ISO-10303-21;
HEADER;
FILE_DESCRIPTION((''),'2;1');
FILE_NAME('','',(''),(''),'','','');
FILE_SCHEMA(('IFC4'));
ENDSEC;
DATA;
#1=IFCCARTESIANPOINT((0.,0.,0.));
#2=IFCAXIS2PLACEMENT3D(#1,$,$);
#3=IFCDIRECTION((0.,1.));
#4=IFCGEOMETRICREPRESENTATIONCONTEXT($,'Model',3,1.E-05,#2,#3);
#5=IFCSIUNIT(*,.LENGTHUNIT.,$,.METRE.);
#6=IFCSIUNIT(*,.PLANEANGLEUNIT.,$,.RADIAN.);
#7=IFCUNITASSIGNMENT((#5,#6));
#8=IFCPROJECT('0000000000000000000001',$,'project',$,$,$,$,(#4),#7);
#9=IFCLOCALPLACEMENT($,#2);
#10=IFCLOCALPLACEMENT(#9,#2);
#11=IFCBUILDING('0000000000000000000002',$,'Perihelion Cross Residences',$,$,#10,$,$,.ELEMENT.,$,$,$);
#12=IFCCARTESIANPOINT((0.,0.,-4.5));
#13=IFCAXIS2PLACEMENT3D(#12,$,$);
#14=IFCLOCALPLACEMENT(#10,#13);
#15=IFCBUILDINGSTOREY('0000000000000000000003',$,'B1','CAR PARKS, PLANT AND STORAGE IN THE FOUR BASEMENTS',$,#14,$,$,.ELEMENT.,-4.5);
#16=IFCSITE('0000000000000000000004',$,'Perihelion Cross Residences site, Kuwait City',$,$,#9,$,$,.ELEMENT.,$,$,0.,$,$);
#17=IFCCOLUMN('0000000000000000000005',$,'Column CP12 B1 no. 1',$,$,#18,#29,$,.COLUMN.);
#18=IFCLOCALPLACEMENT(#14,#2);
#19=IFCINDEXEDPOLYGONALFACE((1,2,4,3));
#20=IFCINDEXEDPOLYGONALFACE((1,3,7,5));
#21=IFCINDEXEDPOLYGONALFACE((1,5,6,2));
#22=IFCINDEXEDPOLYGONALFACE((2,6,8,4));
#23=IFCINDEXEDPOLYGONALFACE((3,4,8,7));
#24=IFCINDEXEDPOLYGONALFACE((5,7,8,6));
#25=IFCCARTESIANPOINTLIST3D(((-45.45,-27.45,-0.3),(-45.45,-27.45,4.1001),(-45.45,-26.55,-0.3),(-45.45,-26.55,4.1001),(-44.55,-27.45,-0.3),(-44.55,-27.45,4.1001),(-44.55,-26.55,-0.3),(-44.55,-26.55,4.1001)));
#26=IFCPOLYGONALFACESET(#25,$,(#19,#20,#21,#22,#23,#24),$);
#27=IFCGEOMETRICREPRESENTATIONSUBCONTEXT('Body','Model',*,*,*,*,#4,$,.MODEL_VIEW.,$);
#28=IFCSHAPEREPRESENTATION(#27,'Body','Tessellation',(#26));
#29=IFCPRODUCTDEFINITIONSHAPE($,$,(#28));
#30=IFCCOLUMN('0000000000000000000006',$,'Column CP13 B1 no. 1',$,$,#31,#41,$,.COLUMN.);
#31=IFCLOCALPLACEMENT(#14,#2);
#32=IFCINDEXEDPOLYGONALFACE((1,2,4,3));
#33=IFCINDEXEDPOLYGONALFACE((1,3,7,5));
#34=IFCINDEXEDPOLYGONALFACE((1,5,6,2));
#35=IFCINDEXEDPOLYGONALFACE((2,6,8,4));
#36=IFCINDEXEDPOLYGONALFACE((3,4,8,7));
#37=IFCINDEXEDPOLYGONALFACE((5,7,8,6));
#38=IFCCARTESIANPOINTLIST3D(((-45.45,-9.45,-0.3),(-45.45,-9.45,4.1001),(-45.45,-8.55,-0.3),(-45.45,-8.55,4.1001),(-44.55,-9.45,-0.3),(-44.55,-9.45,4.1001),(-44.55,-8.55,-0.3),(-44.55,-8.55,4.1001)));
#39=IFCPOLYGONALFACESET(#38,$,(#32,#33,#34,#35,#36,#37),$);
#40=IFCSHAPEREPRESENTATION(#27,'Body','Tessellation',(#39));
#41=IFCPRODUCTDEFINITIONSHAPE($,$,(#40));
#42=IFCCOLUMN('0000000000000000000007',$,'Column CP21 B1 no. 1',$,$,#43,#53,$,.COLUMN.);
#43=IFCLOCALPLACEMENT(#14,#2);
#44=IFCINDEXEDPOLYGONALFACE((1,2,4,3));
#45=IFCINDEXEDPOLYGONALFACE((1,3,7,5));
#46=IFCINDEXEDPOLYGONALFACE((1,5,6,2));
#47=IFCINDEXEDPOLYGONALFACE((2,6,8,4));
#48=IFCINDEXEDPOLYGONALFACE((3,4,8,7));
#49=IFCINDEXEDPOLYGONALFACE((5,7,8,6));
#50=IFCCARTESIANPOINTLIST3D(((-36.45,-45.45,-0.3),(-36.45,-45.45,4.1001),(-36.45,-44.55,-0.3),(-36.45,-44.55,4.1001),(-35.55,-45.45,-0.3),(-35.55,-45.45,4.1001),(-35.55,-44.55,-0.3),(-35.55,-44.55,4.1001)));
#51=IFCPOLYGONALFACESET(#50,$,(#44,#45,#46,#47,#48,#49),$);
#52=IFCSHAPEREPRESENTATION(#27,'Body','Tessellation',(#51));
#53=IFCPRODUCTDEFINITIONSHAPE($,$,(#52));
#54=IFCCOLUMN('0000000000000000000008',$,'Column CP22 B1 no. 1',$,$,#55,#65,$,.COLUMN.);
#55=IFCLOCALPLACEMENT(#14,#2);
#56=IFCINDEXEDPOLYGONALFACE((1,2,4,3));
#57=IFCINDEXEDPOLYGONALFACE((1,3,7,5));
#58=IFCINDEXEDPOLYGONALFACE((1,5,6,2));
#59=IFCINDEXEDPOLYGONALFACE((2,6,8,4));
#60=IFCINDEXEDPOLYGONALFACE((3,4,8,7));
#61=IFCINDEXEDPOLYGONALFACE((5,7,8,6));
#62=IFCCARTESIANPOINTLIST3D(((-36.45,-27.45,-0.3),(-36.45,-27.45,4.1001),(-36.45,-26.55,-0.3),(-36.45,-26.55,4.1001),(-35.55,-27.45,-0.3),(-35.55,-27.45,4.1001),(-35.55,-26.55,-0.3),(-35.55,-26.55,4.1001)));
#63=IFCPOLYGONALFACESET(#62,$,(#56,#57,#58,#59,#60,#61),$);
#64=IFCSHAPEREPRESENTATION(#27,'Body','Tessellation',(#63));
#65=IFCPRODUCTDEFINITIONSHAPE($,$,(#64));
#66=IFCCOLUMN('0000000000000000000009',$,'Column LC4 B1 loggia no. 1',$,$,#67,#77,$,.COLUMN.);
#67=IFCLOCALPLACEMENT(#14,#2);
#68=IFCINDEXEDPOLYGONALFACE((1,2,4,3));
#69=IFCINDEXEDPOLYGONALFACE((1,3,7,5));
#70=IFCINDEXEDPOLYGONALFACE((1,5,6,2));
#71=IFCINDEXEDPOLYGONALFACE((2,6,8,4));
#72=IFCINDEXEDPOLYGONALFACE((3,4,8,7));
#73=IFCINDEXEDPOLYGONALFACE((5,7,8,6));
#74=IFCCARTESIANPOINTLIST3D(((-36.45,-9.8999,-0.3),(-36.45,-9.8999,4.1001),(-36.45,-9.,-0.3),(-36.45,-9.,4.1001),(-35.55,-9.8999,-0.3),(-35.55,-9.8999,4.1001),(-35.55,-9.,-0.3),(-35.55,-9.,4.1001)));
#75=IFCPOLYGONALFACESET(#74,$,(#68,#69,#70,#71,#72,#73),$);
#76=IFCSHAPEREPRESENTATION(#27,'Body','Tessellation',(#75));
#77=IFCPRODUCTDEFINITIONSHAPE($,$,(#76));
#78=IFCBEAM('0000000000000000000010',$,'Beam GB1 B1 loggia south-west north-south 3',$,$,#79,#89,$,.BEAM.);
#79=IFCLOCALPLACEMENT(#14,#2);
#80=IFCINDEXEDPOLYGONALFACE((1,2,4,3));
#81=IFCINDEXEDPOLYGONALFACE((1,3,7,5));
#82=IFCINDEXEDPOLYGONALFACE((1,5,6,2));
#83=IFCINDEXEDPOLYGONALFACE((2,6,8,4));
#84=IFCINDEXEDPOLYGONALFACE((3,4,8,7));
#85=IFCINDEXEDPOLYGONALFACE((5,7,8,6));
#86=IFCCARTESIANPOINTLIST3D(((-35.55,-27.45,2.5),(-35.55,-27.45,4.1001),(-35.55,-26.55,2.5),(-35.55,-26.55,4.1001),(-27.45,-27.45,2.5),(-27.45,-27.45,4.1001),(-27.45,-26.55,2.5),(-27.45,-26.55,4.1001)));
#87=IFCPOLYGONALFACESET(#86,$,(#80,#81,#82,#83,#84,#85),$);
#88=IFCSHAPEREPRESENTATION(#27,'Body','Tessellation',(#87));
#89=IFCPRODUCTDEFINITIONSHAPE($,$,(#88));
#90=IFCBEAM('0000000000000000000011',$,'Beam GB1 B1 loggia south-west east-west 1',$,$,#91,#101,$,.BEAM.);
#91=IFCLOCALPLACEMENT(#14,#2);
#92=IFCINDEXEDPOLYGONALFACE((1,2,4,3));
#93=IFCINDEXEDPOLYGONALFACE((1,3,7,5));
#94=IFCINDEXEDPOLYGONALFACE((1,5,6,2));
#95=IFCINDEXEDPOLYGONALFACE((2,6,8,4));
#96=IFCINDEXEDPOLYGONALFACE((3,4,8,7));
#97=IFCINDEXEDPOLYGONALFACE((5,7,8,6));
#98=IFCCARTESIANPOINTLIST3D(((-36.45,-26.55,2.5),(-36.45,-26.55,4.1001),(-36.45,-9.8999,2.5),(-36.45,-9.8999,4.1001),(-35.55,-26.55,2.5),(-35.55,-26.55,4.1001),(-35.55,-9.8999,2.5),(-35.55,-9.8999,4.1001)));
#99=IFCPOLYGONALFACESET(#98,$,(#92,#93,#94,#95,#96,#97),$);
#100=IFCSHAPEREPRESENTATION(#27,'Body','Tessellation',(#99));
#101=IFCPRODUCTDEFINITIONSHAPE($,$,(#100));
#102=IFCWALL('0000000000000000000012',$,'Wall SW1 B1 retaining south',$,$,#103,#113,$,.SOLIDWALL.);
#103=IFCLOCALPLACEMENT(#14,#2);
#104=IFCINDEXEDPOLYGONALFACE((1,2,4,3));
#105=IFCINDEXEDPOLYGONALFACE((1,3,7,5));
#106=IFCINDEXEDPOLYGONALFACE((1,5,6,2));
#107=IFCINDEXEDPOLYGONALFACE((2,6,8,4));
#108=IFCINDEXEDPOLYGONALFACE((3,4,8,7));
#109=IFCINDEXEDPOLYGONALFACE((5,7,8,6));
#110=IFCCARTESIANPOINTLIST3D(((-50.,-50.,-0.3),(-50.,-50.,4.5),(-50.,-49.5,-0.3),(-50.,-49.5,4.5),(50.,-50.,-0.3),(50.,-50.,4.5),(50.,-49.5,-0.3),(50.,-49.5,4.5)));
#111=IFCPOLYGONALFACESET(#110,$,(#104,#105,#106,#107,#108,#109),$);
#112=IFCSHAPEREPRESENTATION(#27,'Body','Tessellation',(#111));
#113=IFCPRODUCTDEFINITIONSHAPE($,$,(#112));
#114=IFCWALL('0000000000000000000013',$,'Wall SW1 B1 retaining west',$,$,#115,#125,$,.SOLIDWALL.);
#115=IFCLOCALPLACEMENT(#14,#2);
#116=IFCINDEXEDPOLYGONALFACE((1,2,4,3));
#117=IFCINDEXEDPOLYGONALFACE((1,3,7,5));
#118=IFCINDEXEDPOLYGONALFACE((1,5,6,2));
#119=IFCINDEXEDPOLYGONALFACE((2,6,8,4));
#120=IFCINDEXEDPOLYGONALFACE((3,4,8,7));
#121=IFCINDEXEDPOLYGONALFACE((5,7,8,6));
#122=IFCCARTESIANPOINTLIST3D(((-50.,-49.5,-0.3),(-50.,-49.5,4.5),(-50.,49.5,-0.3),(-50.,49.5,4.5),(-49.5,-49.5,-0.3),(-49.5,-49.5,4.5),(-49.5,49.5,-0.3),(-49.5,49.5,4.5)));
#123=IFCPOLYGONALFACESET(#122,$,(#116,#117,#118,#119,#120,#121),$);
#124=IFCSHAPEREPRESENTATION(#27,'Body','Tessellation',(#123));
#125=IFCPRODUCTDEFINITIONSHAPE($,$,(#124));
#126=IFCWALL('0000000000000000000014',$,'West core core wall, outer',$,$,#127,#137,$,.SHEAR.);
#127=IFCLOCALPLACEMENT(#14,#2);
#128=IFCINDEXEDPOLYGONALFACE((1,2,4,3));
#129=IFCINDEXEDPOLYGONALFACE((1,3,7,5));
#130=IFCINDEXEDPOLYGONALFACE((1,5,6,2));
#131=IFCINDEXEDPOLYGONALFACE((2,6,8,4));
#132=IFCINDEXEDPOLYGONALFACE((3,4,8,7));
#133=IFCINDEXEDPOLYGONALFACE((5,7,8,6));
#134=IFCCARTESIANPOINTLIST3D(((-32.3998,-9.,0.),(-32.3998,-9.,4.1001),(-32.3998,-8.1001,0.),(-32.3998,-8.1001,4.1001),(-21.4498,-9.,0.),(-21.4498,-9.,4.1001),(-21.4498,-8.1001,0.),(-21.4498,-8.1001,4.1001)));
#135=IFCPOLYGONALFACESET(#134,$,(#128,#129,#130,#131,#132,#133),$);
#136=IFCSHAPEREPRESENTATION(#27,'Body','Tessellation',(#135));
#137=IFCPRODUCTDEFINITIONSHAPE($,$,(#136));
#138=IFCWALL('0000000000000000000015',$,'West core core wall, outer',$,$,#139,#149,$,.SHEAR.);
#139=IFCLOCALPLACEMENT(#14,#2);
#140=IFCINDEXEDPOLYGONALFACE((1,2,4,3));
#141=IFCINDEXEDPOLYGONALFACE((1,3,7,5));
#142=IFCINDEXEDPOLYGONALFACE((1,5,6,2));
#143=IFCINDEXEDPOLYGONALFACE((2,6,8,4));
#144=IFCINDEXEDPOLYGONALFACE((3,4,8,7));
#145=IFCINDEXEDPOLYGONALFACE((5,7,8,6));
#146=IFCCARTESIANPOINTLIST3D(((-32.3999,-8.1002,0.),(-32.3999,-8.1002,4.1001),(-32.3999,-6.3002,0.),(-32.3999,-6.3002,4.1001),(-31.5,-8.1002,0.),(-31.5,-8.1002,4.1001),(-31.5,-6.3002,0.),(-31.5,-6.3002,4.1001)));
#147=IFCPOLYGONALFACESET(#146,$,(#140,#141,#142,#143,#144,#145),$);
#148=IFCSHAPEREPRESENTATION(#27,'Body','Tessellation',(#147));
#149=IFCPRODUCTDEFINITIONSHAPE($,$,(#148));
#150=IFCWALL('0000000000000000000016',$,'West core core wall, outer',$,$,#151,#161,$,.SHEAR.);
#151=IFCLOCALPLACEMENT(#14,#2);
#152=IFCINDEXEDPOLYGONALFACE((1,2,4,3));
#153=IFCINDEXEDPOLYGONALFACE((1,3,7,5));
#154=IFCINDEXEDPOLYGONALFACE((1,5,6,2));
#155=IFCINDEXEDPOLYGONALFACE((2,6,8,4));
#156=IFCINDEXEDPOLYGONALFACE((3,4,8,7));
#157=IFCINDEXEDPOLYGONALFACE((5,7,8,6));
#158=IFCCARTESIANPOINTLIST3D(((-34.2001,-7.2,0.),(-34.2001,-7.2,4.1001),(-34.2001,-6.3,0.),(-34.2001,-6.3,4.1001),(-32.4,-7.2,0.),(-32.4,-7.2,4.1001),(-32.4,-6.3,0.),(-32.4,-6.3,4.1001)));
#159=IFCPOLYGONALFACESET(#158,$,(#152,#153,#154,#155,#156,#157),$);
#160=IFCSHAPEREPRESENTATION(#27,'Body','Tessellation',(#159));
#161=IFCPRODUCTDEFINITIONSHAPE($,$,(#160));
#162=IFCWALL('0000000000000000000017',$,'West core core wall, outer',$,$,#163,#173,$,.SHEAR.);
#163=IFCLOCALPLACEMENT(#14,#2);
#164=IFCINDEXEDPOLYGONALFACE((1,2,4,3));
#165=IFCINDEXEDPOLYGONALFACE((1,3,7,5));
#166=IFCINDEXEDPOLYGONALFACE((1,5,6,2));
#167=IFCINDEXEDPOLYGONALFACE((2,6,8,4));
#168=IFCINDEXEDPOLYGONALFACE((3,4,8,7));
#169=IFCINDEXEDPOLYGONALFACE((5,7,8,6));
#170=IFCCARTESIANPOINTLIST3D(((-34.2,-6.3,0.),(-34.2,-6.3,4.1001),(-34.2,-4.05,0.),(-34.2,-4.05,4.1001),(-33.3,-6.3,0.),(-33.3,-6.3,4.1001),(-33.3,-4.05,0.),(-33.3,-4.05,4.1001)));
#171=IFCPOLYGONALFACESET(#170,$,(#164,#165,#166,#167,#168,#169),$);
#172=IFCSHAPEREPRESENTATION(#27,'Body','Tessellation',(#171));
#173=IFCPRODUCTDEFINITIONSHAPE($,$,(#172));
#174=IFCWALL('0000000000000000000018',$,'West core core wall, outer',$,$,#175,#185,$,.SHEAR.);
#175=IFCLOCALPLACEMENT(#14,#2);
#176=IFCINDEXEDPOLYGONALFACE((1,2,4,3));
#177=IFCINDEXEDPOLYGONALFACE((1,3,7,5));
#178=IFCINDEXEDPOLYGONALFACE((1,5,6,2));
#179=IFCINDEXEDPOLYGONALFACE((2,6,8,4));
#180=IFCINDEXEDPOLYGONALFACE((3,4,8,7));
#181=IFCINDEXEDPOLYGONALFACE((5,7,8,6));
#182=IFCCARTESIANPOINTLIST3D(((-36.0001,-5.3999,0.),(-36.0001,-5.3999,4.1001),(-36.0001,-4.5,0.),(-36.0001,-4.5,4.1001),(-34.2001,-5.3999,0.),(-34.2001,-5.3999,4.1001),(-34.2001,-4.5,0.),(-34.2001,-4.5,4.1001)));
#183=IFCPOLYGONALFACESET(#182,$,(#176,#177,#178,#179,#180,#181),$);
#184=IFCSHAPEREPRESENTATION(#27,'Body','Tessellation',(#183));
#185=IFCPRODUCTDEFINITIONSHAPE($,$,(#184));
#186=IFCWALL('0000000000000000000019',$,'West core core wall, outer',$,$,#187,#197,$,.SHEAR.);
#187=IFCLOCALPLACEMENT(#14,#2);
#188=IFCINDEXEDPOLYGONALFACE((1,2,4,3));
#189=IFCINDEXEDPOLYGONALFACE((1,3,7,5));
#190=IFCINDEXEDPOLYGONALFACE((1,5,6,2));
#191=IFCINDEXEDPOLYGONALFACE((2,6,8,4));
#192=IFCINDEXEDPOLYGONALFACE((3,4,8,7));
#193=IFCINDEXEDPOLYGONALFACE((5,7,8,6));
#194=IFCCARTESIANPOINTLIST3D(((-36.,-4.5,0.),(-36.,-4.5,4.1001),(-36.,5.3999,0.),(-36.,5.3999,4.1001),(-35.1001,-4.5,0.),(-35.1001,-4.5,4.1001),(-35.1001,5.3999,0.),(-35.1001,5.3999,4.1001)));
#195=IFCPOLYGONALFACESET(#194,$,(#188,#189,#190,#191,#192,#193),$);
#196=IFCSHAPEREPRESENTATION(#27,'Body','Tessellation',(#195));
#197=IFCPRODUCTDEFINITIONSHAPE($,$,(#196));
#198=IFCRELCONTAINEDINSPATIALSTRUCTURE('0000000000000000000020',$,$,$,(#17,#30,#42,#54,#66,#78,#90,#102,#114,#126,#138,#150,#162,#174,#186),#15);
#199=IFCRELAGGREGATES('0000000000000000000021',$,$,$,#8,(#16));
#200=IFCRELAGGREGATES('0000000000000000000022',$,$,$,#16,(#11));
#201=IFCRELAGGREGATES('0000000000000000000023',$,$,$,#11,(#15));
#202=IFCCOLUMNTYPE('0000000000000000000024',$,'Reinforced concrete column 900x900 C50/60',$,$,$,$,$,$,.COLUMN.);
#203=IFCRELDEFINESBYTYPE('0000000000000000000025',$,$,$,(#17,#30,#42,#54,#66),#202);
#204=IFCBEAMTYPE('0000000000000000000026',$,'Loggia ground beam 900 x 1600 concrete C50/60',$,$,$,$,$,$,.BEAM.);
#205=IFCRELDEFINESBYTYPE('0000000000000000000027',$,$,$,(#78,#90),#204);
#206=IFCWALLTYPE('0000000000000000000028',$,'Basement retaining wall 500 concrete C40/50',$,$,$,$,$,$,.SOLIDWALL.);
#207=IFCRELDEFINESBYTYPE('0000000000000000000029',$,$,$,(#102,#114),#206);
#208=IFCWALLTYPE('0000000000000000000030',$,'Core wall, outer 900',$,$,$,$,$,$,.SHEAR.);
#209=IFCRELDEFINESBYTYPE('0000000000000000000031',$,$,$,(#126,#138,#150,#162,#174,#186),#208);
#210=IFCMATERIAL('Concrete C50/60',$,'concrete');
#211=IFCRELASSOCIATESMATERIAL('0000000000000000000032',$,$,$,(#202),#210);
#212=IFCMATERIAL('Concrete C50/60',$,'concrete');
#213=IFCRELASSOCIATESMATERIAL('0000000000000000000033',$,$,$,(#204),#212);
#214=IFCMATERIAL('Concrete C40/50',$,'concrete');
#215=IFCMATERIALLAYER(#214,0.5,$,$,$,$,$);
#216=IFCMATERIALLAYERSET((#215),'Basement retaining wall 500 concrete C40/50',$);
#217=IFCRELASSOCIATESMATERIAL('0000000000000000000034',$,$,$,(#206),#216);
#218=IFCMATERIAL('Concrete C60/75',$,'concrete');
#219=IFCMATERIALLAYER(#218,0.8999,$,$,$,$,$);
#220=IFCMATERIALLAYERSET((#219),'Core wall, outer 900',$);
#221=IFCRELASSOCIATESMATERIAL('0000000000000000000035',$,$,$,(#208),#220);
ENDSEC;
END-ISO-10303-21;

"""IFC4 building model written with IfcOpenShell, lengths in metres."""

from ifc_helpers import new_model, si_unit, direction, frame, frame_2d, origin, origin_2d, place, context, subcontext, project, spatial, rectangle, extrude, material, layer, layer_set, material_profile, profile_set, type_object, element, save


model = new_model("IFC4")

# Units and contexts
model_context = context("Model", 3, precision=1e-05, world=origin(), true_north=direction((0.0, 1.0)))
body_context = subcontext(model_context, "Body", "Model", "MODEL_VIEW")
ifc_project = project(units=[si_unit("LENGTHUNIT", "METRE"), si_unit("PLANEANGLEUNIT", "RADIAN")], contexts=[model_context])

# Site, building, storey
site_placement = place(None, origin())
site = spatial("IfcSite", under=ifc_project, at=site_placement, Name="Perihelion Cross Residences site, Kuwait City", CompositionType="ELEMENT", RefElevation=0.0)
building_placement = place(site_placement, origin())
building = spatial("IfcBuilding", under=site, at=building_placement, Name="Perihelion Cross Residences", CompositionType="ELEMENT")
storey_placement = place(building_placement, frame((0.0, 0.0, -4.5)))
storey = spatial("IfcBuildingStorey", under=building, at=storey_placement, Name="B1", Description="CAR PARKS, PLANT AND STORAGE IN THE FOUR BASEMENTS", CompositionType="ELEMENT", Elevation=-4.5)

# Columns
ifc_material_1 = material(Name="Concrete C50/60", Category="concrete")
ifc_material_profile_1 = material_profile(ifc_material_1, rectangle(XDim=0.8999, YDim=0.8999, at=origin_2d()), Name="RC 900x900")
ifc_profile_set_1 = profile_set([ifc_material_profile_1], Name="Concrete C50/60")
column_type = type_object("IfcColumnType", Name="Reinforced concrete column 900x900 C50/60", PredefinedType="COLUMN", material=ifc_profile_set_1)
for number, where, z_axis, x_axis, name in (
    (1, (-45.0, -27.0, -0.3), (0.0, 0.0, 1.0), (1.0, 0.0, 0.0), "Column CP12 B1 no. 1"),
    (2, (-45.0, -9.0, -0.3), (0.0, 0.0, 1.0), (1.0, 0.0, 0.0), "Column CP13 B1 no. 1"),
    (3, (-36.0, -45.0, -0.3), (0.0, 0.0, 1.0), (1.0, 0.0, 0.0), "Column CP21 B1 no. 1"),
    (4, (-36.0, -27.0, -0.3), (0.0, 0.0, 1.0), (1.0, 0.0, 0.0), "Column CP22 B1 no. 1"),
    (5, (-36.0, -9.45, -0.3), (0.0, 0.0, 1.0), (1.0, 0.0, 0.0), "Column LC4 B1 loggia no. 1"),
):
    element("IfcColumn", number, at=place(storey_placement, frame(where, z_axis=z_axis, x_axis=x_axis)), inside=storey, type_object=column_type, Name=name, PredefinedType="COLUMN", context=body_context, shape_type="SweptSolid", body=[
        extrude(rectangle(XDim=0.8999, YDim=0.8999, at=origin_2d()), origin(), (0.0, 0.0, 1.0), 4.4001),
    ])

# Beams
ifc_material_2 = material(Name="Concrete C50/60", Category="concrete")
ifc_material_profile_2 = material_profile(ifc_material_2, rectangle(XDim=0.8999, YDim=1.6001, at=origin_2d()), Name="RC 900x1600")
ifc_profile_set_2 = profile_set([ifc_material_profile_2], Name="Concrete C50/60")
beam_type = type_object("IfcBeamType", Name="Loggia ground beam 900 x 1600 concrete C50/60", PredefinedType="BEAM", material=ifc_profile_set_2)
beam_1_placement = place(storey_placement, frame((-27.45, -27.0, 3.3), z_axis=(-1.0, 0.0, 0.0), x_axis=(0.0, -1.0, 0.0)))
element("IfcBeam", 6, at=beam_1_placement, inside=storey, type_object=beam_type, Name="Beam GB1 B1 loggia south-west north-south 3", PredefinedType="BEAM", context=body_context, shape_type="SweptSolid", body=[
    extrude(rectangle(XDim=0.8999, YDim=1.6001, at=origin_2d()), origin(), (0.0, 0.0, 1.0), 8.1001),
])
beam_2_placement = place(storey_placement, frame((-36.0, -9.8999, 3.3), z_axis=(0.0, -1.0, 0.0), x_axis=(1.0, 0.0, 0.0)))
element("IfcBeam", 7, at=beam_2_placement, inside=storey, type_object=beam_type, Name="Beam GB1 B1 loggia south-west east-west 1", PredefinedType="BEAM", context=body_context, shape_type="SweptSolid", body=[
    extrude(rectangle(XDim=0.8999, YDim=1.6001, at=origin_2d()), origin(), (0.0, 0.0, 1.0), 16.6501),
])

# Walls
ifc_material_3 = material(Name="Concrete C40/50", Category="concrete")
ifc_layer_1 = layer(ifc_material_3, 0.5)
ifc_layer_set_1 = layer_set([ifc_layer_1], Name="Basement retaining wall 500 concrete C40/50")
wall_type_1 = type_object("IfcWallType", Name="Basement retaining wall 500 concrete C40/50", PredefinedType="SOLIDWALL", material=ifc_layer_set_1)
wall_1_placement = place(storey_placement, frame((-50.0, -49.75, -0.3), z_axis=(0.0, 0.0, 1.0), x_axis=(1.0, 0.0, 0.0)))
element("IfcWall", 8, at=wall_1_placement, inside=storey, type_object=wall_type_1, Name="Wall SW1 B1 retaining south", PredefinedType="SOLIDWALL", context=body_context, shape_type="SweptSolid", body=[
    extrude(rectangle(XDim=100.0, YDim=0.5, at=frame_2d((50.0, 0.0))), origin(), (0.0, 0.0, 1.0), 4.8),
])
wall_2_placement = place(storey_placement, frame((-49.75, -49.5, -0.3), z_axis=(0.0, 0.0, 1.0), x_axis=(0.0, 1.0, 0.0)))
element("IfcWall", 9, at=wall_2_placement, inside=storey, type_object=wall_type_1, Name="Wall SW1 B1 retaining west", PredefinedType="SOLIDWALL", context=body_context, shape_type="SweptSolid", body=[
    extrude(rectangle(XDim=99.0, YDim=0.5, at=frame_2d((49.5, 0.0))), origin(), (0.0, 0.0, 1.0), 4.8),
])
ifc_material_4 = material(Name="Concrete C60/75", Category="concrete")
ifc_layer_2 = layer(ifc_material_4, 0.8999)
ifc_layer_set_2 = layer_set([ifc_layer_2], Name="Core wall, outer 900")
wall_type_2 = type_object("IfcWallType", Name="Core wall, outer 900", PredefinedType="SHEAR", material=ifc_layer_set_2)
wall_3_placement = place(storey_placement, frame((-32.3999, -8.55, 0.0), z_axis=(0.0, 0.0, 1.0), x_axis=(1.0, 0.0, 0.0)))
element("IfcWall", 10, at=wall_3_placement, inside=storey, type_object=wall_type_2, Name="West core core wall, outer", PredefinedType="SHEAR", context=body_context, shape_type="SweptSolid", body=[
    extrude(rectangle(XDim=10.95, YDim=0.8999, at=frame_2d((5.4751, 0.0))), origin(), (0.0, 0.0, 1.0), 4.1001),
])
for number, where, z_axis, x_axis, name in (
    (11, (-31.95, -8.1001, 0.0), (0.0, 0.0, 1.0), (0.0, 1.0, 0.0), "West core core wall, outer"),
    (12, (-34.2, -6.75, 0.0), (0.0, 0.0, 1.0), (1.0, 0.0, 0.0), "West core core wall, outer"),
):
    element("IfcWall", number, at=place(storey_placement, frame(where, z_axis=z_axis, x_axis=x_axis)), inside=storey, type_object=wall_type_2, Name=name, PredefinedType="SHEAR", context=body_context, shape_type="SweptSolid", body=[
        extrude(rectangle(XDim=1.8, YDim=0.8999, at=frame_2d((0.8999, 0.0))), origin(), (0.0, 0.0, 1.0), 4.1001),
    ])
wall_4_placement = place(storey_placement, frame((-33.75, -6.3, 0.0), z_axis=(0.0, 0.0, 1.0), x_axis=(0.0, 1.0, 0.0)))
element("IfcWall", 13, at=wall_4_placement, inside=storey, type_object=wall_type_2, Name="West core core wall, outer", PredefinedType="SHEAR", context=body_context, shape_type="SweptSolid", body=[
    extrude(rectangle(XDim=2.25, YDim=0.8999, at=frame_2d((1.125, 0.0))), origin(), (0.0, 0.0, 1.0), 4.1001),
])
wall_5_placement = place(storey_placement, frame((-36.0, -4.95, 0.0), z_axis=(0.0, 0.0, 1.0), x_axis=(1.0, 0.0, 0.0)))
element("IfcWall", 14, at=wall_5_placement, inside=storey, type_object=wall_type_2, Name="West core core wall, outer", PredefinedType="SHEAR", context=body_context, shape_type="SweptSolid", body=[
    extrude(rectangle(XDim=1.8, YDim=0.8999, at=frame_2d((0.8999, 0.0))), origin(), (0.0, 0.0, 1.0), 4.1001),
])
wall_6_placement = place(storey_placement, frame((-35.55, -4.5, 0.0), z_axis=(0.0, 0.0, 1.0), x_axis=(0.0, 1.0, 0.0)))
element("IfcWall", 15, at=wall_6_placement, inside=storey, type_object=wall_type_2, Name="West core core wall, outer", PredefinedType="SHEAR", context=body_context, shape_type="SweptSolid", body=[
    extrude(rectangle(XDim=9.8999, YDim=0.8999, at=frame_2d((4.95, 0.0))), origin(), (0.0, 0.0, 1.0), 4.1001),
])

save(model, "model.ifc")
